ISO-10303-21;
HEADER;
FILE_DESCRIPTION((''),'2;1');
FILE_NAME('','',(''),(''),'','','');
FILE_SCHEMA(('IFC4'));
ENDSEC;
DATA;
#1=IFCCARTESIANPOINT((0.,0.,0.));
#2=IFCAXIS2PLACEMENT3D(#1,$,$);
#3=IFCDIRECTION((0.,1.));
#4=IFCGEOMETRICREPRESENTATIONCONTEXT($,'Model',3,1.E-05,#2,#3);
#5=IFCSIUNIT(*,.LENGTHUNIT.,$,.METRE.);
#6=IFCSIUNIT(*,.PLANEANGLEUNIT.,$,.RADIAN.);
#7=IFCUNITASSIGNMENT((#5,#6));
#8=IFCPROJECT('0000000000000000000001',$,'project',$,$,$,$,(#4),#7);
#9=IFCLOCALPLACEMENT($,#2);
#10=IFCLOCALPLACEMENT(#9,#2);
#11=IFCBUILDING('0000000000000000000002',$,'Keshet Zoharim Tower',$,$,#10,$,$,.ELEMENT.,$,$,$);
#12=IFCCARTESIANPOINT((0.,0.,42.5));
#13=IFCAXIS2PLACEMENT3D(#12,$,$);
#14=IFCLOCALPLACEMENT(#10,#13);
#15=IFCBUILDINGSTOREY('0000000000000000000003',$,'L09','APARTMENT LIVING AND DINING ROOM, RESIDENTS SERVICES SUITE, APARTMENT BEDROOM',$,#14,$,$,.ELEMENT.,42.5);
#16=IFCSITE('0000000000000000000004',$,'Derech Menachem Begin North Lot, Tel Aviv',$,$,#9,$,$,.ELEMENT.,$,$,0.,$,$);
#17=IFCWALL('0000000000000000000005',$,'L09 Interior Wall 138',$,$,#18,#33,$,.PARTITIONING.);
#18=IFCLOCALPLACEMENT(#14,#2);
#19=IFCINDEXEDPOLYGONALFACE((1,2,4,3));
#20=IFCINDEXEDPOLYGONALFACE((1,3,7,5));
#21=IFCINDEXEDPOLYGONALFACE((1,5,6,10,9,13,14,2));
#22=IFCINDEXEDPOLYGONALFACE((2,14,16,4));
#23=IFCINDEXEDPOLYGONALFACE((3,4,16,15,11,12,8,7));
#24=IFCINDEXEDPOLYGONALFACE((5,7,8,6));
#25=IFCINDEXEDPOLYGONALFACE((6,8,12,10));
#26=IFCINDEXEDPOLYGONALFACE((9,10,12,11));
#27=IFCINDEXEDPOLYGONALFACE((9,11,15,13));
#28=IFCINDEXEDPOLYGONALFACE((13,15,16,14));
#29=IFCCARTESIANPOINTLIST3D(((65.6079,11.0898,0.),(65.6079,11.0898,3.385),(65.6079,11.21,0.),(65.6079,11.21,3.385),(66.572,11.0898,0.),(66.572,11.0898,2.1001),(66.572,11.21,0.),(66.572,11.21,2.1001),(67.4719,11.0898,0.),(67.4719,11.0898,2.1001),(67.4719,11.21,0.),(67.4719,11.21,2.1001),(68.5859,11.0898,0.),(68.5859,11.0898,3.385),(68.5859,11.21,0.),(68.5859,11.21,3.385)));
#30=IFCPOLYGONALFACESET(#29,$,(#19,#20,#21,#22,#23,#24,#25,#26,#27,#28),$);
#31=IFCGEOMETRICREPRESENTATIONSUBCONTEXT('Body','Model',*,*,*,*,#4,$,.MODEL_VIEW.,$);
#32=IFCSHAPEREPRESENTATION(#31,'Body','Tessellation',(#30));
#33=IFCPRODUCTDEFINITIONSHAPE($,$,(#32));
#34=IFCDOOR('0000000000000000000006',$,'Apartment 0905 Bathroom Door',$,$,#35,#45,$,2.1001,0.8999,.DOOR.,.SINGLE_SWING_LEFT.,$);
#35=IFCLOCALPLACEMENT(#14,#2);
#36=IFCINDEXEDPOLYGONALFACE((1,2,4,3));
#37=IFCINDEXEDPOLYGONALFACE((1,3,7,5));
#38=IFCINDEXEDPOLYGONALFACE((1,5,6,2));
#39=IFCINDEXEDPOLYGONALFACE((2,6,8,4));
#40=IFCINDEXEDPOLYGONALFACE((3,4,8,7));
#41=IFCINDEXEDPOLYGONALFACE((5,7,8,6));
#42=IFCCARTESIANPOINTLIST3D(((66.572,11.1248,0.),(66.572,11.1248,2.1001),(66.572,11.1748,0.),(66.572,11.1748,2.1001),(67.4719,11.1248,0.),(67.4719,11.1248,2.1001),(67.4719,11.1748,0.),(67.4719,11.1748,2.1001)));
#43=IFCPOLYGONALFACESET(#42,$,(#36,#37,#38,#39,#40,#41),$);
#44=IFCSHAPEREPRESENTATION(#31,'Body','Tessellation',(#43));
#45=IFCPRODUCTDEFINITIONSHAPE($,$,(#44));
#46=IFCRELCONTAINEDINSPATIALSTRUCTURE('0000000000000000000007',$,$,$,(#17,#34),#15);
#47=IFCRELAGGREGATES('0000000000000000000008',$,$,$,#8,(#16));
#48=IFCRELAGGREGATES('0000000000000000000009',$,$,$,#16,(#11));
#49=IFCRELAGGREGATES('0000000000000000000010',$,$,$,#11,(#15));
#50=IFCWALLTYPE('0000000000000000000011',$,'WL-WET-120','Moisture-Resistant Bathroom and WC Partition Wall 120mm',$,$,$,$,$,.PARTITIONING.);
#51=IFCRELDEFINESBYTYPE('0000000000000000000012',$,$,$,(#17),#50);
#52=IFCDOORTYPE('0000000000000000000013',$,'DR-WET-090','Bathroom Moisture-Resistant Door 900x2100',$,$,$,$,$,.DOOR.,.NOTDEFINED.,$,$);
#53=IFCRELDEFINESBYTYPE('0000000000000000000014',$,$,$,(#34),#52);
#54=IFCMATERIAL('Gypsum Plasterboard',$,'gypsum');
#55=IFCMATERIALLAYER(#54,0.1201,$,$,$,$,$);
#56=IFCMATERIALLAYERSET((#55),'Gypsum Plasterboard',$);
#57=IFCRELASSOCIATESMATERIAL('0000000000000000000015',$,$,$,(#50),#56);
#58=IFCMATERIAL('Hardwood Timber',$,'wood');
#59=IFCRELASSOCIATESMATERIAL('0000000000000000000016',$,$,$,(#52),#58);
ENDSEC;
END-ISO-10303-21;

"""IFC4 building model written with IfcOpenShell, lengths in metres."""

from ifc_helpers import new_model, si_unit, direction, frame, frame_2d, origin, place, context, subcontext, project, spatial, rectangle, extrude, material, layer, layer_set, type_object, element, fill, save


model = new_model("IFC4")

# Units and contexts
model_context = context("Model", 3, precision=1e-05, world=origin(), true_north=direction((0.0, 1.0)))
body_context = subcontext(model_context, "Body", "Model", "MODEL_VIEW")
ifc_project = project(units=[si_unit("LENGTHUNIT", "METRE"), si_unit("PLANEANGLEUNIT", "RADIAN")], contexts=[model_context])

# Site, building, storey
site_placement = place(None, origin())
site = spatial("IfcSite", under=ifc_project, at=site_placement, Name="Derech Menachem Begin North Lot, Tel Aviv", CompositionType="ELEMENT", RefElevation=0.0)
building_placement = place(site_placement, origin())
building = spatial("IfcBuilding", under=site, at=building_placement, Name="Keshet Zoharim Tower", CompositionType="ELEMENT")
storey_placement = place(building_placement, frame((0.0, 0.0, 42.5)))
storey = spatial("IfcBuildingStorey", under=building, at=storey_placement, Name="L09", Description="APARTMENT LIVING AND DINING ROOM, RESIDENTS SERVICES SUITE, APARTMENT BEDROOM", CompositionType="ELEMENT", Elevation=42.5)

# Shared definitions
ifc_material_1 = material(Name="Gypsum Plasterboard", Category="gypsum")

# Shared definitions
ifc_material_2 = material(Name="Hardwood Timber", Category="wood")

# Shared definitions
ifc_layer_1 = layer(ifc_material_1, 0.1201)
ifc_layer_set_1 = layer_set([ifc_layer_1], Name="Gypsum Plasterboard")
wall_type_1 = type_object("IfcWallType", Name="WL-WET-120", Description="Moisture-Resistant Bathroom and WC Partition Wall 120mm", PredefinedType="PARTITIONING", material=ifc_layer_set_1)

# Wall, opening, door
wall_1_placement = place(storey_placement, frame((65.6079, 11.1499, 0.0), z_axis=(0.0, 0.0, 1.0), x_axis=(1.0, 0.0, 0.0)))
wall_1 = element("IfcWall", 1, at=wall_1_placement, inside=storey, type_object=wall_type_1, Name="L09 Interior Wall 138", PredefinedType="PARTITIONING", context=body_context, shape_type="SweptSolid", body=[
    extrude(rectangle(XDim=2.978, YDim=0.1201, at=frame_2d((1.489, 0.0))), origin(), (0.0, 0.0, 1.0), 3.385),
])
opening_1_placement = place(wall_1_placement, frame((0.9641, 0.0, 0.0)))
opening_1 = element("IfcOpeningElement", 2, at=opening_1_placement, cuts=wall_1, PredefinedType="OPENING", context=body_context, shape_type="SweptSolid", body=[
    extrude(rectangle(XDim=0.8999, YDim=2.1001, at=frame_2d((0.45, 1.05))), frame((0.0, 0.0701, 0.0), z_axis=(0.0, -1.0, 0.0), x_axis=(1.0, 0.0, 0.0)), (0.0, 0.0, 1.0), 0.1401),
])
door_type_1 = type_object("IfcDoorType", Name="DR-WET-090", Description="Bathroom Moisture-Resistant Door 900x2100", OperationType="NOTDEFINED", PredefinedType="DOOR", material=ifc_material_2)
door_1_placement = place(opening_1_placement, origin())
door_1 = element("IfcDoor", 3, at=door_1_placement, inside=storey, type_object=door_type_1, Name="Apartment 0905 Bathroom Door", OperationType="SINGLE_SWING_LEFT", OverallHeight=2.1001, OverallWidth=0.8999, PredefinedType="DOOR", context=body_context, shape_type="SweptSolid", body=[
    extrude(rectangle(XDim=0.8999, YDim=2.1001, at=frame_2d((0.45, 1.05))), frame((0.0, 0.0249, 0.0), z_axis=(0.0, -1.0, 0.0), x_axis=(1.0, 0.0, 0.0)), (0.0, 0.0, 1.0), 0.05),
])
fill(opening_1, door_1)

save(model, "model.ifc")
